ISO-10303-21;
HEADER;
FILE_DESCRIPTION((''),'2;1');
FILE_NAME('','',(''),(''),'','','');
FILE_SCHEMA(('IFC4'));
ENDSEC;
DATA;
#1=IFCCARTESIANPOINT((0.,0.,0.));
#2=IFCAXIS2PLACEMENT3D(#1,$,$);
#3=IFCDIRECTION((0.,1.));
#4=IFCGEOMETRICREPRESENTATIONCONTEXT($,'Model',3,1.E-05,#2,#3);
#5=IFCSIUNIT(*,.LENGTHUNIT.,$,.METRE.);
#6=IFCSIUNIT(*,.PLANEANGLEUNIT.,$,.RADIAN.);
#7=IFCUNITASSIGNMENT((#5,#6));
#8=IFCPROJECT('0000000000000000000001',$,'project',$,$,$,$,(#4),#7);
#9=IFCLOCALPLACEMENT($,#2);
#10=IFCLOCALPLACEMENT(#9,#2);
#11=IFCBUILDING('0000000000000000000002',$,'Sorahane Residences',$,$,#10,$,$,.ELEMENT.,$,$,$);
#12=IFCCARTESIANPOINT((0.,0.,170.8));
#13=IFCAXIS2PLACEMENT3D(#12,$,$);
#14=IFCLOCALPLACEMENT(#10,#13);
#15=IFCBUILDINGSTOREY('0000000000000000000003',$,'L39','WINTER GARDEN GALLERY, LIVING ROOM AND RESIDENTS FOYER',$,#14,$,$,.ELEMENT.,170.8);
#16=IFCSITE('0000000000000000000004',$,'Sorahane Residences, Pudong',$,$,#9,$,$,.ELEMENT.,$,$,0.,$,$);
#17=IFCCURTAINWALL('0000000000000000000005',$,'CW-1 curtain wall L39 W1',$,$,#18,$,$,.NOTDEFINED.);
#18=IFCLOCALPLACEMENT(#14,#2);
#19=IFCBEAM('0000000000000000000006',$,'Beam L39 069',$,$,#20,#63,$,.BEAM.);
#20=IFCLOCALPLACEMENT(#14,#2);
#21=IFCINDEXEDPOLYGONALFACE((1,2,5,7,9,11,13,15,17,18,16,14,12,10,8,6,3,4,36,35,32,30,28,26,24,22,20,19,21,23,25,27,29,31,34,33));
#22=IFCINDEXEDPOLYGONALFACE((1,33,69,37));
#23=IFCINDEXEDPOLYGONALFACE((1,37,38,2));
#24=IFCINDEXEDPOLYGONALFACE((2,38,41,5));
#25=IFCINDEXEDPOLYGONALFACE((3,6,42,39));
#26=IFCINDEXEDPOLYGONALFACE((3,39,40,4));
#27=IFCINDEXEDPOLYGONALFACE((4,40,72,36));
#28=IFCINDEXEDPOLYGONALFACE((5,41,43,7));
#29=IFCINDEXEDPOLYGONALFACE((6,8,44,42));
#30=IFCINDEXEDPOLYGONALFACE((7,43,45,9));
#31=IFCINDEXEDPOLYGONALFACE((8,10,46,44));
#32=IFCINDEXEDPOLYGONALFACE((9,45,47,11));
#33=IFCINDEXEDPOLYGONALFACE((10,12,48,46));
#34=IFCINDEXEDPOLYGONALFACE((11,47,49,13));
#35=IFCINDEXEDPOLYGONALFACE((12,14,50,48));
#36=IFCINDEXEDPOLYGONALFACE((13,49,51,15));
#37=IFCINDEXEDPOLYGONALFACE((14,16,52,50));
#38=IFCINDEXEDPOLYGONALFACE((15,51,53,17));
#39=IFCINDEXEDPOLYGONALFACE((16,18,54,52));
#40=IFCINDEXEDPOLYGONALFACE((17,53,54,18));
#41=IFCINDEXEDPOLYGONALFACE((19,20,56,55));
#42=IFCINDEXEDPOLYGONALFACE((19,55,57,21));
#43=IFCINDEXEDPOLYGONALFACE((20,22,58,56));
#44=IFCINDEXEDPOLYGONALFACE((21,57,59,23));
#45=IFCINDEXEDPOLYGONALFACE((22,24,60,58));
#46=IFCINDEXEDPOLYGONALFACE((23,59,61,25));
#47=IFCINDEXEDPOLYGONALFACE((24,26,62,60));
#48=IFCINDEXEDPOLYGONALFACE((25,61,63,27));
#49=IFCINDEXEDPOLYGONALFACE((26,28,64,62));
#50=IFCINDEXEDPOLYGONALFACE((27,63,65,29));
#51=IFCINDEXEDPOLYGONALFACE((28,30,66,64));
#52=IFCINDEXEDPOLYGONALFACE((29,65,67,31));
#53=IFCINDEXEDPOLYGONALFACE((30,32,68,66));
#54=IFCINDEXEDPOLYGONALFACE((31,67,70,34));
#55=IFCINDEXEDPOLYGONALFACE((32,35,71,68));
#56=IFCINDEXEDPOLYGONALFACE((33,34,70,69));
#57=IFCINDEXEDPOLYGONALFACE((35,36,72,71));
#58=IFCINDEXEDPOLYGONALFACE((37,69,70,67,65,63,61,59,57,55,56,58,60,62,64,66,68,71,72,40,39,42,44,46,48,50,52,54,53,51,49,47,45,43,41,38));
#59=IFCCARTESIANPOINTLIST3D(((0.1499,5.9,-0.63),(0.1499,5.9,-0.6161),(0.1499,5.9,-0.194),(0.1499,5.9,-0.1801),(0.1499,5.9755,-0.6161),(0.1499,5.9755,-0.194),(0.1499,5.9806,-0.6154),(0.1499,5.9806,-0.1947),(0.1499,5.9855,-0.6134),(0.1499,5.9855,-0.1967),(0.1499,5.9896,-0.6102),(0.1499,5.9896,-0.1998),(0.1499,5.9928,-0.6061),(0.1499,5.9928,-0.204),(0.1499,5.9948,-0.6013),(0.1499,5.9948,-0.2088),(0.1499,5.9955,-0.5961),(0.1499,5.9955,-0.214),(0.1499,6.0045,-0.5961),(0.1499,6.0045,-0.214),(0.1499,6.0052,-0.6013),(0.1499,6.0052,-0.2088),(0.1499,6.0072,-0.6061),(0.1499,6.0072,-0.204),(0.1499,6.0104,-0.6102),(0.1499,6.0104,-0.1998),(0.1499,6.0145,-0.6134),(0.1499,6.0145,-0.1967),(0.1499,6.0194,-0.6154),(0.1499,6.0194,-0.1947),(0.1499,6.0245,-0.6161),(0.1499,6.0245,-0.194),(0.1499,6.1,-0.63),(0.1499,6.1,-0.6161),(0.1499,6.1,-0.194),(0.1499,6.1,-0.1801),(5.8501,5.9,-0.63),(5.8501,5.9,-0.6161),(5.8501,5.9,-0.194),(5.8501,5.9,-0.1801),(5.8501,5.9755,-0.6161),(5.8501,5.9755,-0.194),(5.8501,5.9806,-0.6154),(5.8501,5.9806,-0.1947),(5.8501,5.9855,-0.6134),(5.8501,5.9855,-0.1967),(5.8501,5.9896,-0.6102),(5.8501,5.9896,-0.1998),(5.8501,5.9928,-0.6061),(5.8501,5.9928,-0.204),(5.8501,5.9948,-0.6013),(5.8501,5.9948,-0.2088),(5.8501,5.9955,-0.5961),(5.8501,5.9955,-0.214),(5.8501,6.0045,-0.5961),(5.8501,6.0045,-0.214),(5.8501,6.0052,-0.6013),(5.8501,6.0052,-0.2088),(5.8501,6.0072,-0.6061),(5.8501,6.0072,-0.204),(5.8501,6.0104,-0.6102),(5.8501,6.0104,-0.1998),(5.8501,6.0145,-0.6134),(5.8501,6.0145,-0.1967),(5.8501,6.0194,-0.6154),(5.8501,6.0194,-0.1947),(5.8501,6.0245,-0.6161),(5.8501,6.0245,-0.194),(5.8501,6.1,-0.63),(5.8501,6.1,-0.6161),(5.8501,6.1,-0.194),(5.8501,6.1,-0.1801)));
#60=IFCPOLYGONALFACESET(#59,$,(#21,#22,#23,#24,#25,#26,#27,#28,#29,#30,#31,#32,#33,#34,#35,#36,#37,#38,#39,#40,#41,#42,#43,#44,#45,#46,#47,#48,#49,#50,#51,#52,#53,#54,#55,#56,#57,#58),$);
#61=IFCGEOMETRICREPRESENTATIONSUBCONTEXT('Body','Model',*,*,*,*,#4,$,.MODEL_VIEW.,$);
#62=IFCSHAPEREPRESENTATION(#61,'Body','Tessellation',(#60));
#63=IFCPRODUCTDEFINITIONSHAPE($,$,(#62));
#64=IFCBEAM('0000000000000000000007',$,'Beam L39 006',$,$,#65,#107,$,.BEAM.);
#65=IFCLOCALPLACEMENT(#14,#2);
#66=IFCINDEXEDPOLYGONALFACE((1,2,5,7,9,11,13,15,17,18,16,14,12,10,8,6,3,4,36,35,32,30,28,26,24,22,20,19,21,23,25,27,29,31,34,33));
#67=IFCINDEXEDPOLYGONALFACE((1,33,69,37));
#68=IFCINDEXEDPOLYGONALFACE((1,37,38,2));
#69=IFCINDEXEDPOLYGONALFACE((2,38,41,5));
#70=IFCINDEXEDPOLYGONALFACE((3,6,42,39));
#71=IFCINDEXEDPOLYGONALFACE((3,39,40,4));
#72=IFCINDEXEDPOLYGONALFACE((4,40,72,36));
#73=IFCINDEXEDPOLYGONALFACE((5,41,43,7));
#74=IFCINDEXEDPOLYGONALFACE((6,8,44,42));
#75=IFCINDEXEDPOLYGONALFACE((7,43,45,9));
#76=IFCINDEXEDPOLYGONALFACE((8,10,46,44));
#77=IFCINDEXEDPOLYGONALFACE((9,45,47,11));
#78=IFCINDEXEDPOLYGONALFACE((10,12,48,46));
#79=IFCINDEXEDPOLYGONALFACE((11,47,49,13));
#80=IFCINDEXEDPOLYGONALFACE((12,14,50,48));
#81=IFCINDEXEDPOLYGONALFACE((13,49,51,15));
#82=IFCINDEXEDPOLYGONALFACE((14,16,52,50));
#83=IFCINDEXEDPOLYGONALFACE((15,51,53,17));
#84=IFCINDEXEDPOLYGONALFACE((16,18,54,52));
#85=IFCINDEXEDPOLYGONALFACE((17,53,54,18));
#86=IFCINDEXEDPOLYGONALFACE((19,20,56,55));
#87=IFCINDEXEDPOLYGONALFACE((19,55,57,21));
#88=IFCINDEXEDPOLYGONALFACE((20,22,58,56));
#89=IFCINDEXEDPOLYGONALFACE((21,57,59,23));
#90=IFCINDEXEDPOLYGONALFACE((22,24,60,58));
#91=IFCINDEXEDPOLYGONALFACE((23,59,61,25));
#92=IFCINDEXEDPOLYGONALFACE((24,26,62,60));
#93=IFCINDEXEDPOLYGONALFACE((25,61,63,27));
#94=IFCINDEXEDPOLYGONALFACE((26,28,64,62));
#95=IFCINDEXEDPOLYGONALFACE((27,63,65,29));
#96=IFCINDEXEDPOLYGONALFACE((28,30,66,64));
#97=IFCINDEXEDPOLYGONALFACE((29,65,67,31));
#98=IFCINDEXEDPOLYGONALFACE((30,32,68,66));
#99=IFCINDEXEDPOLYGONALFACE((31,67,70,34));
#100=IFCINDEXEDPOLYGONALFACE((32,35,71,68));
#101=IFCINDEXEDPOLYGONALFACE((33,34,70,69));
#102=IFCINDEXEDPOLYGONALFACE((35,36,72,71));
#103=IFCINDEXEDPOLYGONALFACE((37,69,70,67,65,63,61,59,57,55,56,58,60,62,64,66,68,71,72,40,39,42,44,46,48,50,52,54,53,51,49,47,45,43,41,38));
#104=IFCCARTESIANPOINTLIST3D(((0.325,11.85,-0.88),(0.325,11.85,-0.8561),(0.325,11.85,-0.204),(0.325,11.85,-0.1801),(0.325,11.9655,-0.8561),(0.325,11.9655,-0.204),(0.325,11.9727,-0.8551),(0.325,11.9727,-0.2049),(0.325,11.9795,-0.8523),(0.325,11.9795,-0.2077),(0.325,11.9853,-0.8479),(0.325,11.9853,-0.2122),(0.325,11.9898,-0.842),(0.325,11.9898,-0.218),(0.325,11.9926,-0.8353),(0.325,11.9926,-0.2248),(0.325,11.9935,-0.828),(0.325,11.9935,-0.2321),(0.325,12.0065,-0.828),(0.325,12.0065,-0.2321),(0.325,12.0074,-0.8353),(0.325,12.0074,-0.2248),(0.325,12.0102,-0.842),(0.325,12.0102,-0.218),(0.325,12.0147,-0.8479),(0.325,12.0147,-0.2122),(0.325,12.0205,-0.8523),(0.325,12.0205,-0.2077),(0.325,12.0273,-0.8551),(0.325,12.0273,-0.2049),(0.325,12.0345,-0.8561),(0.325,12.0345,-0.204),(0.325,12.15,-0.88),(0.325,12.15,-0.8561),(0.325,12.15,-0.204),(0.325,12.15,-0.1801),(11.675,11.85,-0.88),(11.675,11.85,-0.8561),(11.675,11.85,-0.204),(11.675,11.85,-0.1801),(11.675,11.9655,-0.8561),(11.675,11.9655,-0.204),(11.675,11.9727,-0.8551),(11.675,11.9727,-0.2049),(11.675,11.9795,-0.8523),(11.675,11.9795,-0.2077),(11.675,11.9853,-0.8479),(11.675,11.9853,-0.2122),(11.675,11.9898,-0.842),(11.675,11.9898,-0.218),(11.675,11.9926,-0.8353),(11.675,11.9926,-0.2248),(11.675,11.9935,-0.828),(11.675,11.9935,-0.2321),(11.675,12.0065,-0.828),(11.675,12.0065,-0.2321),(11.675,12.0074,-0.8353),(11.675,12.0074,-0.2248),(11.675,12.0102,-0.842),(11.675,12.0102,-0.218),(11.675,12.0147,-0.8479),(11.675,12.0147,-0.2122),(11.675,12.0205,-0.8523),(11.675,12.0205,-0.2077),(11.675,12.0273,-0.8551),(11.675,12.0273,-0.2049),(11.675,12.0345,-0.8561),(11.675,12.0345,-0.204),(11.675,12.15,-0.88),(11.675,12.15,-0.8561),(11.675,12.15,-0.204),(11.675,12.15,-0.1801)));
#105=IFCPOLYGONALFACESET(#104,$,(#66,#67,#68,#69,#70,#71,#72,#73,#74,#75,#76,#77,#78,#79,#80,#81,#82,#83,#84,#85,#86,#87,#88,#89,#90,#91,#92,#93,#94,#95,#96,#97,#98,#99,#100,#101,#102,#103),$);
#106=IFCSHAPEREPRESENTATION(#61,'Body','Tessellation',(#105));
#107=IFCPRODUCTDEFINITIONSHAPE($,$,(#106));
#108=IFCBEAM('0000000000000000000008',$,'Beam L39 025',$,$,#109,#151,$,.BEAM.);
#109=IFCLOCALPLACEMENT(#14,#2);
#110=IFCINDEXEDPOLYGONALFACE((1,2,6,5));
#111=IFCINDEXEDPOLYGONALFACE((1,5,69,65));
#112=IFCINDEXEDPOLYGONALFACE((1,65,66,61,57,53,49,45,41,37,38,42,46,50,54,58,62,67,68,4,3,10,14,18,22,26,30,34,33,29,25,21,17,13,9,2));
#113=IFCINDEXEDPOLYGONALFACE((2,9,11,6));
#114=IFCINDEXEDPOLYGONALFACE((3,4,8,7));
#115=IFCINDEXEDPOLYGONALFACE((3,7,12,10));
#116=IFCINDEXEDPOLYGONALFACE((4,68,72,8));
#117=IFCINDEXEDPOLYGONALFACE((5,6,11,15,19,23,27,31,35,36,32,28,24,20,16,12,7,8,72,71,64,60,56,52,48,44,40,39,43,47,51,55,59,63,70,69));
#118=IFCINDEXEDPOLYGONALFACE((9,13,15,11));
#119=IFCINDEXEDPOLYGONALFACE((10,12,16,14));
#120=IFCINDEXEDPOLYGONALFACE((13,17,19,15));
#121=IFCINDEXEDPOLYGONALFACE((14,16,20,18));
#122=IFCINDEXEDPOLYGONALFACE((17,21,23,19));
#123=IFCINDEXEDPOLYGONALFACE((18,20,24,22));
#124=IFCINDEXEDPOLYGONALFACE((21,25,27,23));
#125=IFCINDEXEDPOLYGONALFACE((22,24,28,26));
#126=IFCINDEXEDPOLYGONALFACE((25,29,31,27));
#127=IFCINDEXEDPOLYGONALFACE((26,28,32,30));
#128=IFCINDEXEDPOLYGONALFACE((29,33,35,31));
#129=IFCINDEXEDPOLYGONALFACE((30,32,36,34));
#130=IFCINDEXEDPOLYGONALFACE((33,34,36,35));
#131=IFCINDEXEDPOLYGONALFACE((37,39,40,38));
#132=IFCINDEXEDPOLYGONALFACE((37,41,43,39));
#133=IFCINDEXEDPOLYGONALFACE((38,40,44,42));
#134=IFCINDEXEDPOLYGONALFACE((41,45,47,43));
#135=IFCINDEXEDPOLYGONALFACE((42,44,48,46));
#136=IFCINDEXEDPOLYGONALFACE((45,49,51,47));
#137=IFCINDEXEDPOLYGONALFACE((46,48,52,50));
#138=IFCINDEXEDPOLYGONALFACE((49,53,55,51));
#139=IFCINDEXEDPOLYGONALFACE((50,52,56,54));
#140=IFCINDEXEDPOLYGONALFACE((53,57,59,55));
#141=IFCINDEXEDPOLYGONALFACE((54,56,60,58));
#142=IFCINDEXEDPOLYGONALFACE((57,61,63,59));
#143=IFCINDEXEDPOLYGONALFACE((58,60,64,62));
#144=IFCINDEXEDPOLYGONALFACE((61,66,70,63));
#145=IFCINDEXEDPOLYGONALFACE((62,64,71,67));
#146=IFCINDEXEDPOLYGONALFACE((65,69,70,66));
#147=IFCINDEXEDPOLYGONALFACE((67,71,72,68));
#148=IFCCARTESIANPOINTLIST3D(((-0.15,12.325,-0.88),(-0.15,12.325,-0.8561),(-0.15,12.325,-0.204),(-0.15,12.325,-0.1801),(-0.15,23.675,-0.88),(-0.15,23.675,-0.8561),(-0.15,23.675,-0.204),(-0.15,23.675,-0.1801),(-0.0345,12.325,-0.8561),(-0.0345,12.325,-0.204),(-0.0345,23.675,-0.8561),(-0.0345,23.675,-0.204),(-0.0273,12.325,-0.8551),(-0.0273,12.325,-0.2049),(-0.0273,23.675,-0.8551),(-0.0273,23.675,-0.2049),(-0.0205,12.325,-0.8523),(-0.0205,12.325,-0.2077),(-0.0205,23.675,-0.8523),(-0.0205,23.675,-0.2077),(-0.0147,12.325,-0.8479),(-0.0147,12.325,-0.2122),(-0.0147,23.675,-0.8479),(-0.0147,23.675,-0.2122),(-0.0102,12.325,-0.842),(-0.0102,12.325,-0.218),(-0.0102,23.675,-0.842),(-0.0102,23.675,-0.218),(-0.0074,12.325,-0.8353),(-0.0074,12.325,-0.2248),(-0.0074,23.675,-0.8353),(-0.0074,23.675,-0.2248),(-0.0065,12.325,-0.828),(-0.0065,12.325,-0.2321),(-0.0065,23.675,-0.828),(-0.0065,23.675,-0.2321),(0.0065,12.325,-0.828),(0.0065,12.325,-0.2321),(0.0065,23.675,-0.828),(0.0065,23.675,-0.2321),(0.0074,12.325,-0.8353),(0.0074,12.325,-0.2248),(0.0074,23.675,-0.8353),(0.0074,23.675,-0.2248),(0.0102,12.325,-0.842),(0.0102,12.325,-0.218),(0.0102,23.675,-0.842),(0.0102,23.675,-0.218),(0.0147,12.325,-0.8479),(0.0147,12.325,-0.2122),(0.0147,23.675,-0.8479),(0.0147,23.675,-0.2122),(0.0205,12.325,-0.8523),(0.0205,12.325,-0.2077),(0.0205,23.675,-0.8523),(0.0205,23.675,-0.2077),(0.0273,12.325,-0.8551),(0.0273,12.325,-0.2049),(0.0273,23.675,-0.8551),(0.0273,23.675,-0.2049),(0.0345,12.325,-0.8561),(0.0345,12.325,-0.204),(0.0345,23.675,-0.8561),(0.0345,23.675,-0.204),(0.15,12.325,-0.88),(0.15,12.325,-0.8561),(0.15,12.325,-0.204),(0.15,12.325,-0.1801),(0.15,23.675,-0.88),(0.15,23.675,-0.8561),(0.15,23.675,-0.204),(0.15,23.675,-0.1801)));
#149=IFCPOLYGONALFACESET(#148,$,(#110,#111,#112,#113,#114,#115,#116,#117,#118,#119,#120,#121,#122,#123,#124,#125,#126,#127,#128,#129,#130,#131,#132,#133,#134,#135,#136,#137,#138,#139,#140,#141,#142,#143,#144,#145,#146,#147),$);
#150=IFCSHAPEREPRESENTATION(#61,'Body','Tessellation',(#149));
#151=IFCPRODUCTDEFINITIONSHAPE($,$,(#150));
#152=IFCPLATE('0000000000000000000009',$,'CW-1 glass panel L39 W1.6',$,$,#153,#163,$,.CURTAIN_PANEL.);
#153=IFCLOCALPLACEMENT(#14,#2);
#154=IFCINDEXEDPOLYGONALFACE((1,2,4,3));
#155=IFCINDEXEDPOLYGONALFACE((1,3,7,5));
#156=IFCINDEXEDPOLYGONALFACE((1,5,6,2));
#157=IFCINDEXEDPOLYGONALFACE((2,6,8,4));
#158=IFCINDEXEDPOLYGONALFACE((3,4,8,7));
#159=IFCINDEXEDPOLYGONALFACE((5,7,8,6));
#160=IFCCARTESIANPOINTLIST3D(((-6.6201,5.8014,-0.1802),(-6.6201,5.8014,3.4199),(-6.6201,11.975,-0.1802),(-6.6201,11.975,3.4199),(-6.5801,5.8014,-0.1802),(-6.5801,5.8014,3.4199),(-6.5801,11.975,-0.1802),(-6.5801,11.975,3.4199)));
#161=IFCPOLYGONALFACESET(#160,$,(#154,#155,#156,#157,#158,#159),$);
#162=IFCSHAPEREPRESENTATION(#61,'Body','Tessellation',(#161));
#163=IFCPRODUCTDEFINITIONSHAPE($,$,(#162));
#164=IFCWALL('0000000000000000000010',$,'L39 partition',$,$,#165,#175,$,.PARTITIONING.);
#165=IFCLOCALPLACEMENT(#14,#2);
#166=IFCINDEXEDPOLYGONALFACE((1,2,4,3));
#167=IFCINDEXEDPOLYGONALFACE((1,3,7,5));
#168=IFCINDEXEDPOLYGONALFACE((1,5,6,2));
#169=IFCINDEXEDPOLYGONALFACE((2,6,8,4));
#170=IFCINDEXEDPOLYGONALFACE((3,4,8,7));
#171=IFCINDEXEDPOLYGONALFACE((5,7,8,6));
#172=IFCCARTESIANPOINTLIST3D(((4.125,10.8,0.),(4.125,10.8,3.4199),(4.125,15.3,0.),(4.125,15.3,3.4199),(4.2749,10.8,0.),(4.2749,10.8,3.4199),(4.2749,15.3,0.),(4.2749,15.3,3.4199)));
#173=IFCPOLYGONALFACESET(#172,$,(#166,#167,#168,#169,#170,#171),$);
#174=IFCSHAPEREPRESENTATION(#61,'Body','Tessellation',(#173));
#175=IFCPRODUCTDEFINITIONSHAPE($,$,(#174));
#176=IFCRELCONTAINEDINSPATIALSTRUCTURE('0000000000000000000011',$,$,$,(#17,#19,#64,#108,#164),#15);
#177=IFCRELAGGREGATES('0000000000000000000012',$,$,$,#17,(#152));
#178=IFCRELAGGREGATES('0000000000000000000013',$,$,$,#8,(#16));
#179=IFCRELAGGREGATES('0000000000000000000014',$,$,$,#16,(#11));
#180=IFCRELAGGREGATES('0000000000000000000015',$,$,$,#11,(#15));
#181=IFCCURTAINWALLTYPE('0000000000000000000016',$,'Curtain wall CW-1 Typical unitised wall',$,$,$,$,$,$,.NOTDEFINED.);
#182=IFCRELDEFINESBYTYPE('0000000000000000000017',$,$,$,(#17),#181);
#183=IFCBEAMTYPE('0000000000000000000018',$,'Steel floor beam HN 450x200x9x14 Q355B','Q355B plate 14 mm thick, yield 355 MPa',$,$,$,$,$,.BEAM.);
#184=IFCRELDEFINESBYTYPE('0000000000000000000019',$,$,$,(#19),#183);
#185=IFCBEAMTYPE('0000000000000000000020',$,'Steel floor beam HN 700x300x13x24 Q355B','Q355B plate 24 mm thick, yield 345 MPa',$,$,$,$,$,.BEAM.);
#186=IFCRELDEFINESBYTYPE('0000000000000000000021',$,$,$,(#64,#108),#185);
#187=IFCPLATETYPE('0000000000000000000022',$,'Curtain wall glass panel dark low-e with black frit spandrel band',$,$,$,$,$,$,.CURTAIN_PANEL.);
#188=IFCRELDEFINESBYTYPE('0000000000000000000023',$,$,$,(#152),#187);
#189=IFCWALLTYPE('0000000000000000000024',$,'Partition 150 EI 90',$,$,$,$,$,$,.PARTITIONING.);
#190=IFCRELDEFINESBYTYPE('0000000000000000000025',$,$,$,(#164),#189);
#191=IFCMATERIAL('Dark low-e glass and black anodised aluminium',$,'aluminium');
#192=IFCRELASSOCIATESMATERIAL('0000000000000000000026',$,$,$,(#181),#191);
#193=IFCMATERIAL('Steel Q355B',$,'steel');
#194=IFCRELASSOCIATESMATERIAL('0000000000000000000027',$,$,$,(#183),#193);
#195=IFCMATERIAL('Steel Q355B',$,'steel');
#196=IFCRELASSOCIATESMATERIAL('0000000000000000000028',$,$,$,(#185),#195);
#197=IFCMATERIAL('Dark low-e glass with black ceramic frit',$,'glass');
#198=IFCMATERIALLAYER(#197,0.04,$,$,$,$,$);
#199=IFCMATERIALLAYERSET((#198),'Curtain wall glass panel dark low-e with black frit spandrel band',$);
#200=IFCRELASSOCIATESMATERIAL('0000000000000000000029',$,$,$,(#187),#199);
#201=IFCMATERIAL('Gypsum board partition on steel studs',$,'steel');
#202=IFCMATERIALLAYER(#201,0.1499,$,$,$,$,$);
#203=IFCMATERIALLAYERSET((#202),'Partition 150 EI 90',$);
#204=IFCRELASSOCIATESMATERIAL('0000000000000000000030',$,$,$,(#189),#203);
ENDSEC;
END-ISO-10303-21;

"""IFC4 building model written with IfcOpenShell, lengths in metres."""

from ifc_helpers import new_model, si_unit, direction, frame, frame_2d, origin, origin_2d, place, context, subcontext, project, spatial, rectangle, i_section, extrude, material, layer, layer_set, material_profile, profile_set, type_object, element, aggregate, save


model = new_model("IFC4")

# Units and contexts
model_context = context("Model", 3, precision=1e-05, world=origin(), true_north=direction((0.0, 1.0)))
body_context = subcontext(model_context, "Body", "Model", "MODEL_VIEW")
ifc_project = project(units=[si_unit("LENGTHUNIT", "METRE"), si_unit("PLANEANGLEUNIT", "RADIAN")], contexts=[model_context])

# Site, building, storey
site_placement = place(None, origin())
site = spatial("IfcSite", under=ifc_project, at=site_placement, Name="Sorahane Residences, Pudong", CompositionType="ELEMENT", RefElevation=0.0)
building_placement = place(site_placement, origin())
building = spatial("IfcBuilding", under=site, at=building_placement, Name="Sorahane Residences", CompositionType="ELEMENT")
storey_placement = place(building_placement, frame((0.0, 0.0, 170.8)))
storey = spatial("IfcBuildingStorey", under=building, at=storey_placement, Name="L39", Description="WINTER GARDEN GALLERY, LIVING ROOM AND RESIDENTS FOYER", CompositionType="ELEMENT", Elevation=170.8)

# Curtain wall
ifc_material_1 = material(Name="Dark low-e glass and black anodised aluminium", Category="aluminium")
curtain_wall_type = type_object("IfcCurtainWallType", Name="Curtain wall CW-1 Typical unitised wall", PredefinedType="NOTDEFINED", material=ifc_material_1)
curtain_wall_placement = place(storey_placement, origin())
curtain_wall = element("IfcCurtainWall", 1, at=curtain_wall_placement, inside=storey, type_object=curtain_wall_type, Name="CW-1 curtain wall L39 W1", PredefinedType="NOTDEFINED")

# Beams
ifc_material_2 = material(Name="Steel Q355B", Category="steel")
ifc_material_profile_1 = material_profile(ifc_material_2, i_section(OverallWidth=0.2, OverallDepth=0.45, WebThickness=0.009, FlangeThickness=0.0139, FilletRadius=0.02, at=origin_2d()), Name="HN 450x200x9x14")
ifc_profile_set_1 = profile_set([ifc_material_profile_1], Name="Steel Q355B")
beam_type_1 = type_object("IfcBeamType", Name="Steel floor beam HN 450x200x9x14 Q355B", Description="Q355B plate 14 mm thick, yield 355 MPa", PredefinedType="BEAM", material=ifc_profile_set_1)
beam_1_placement = place(storey_placement, frame((0.1499, 6.0, -0.405), z_axis=(1.0, 0.0, 0.0), x_axis=(0.0, 1.0, 0.0)))
element("IfcBeam", 2, at=beam_1_placement, inside=storey, type_object=beam_type_1, Name="Beam L39 069", PredefinedType="BEAM", context=body_context, shape_type="SweptSolid", body=[
    extrude(i_section(OverallWidth=0.2, OverallDepth=0.45, WebThickness=0.009, FlangeThickness=0.0139, FilletRadius=0.02, at=origin_2d()), origin(), (0.0, 0.0, 1.0), 5.7002),
])
ifc_material_3 = material(Name="Steel Q355B", Category="steel")
ifc_material_profile_2 = material_profile(ifc_material_3, i_section(OverallWidth=0.3, OverallDepth=0.7, WebThickness=0.0129, FlangeThickness=0.0239, FilletRadius=0.0281, at=origin_2d()), Name="HN 700x300x13x24")
ifc_profile_set_2 = profile_set([ifc_material_profile_2], Name="Steel Q355B")
beam_type_2 = type_object("IfcBeamType", Name="Steel floor beam HN 700x300x13x24 Q355B", Description="Q355B plate 24 mm thick, yield 345 MPa", PredefinedType="BEAM", material=ifc_profile_set_2)
for number, where, z_axis, x_axis, name in (
    (3, (0.325, 12.0, -0.53), (1.0, 0.0, 0.0), (0.0, 1.0, 0.0), "Beam L39 006"),
    (4, (0.0, 12.325, -0.53), (0.0, 1.0, 0.0), (-1.0, 0.0, 0.0), "Beam L39 025"),
):
    element("IfcBeam", number, at=place(storey_placement, frame(where, z_axis=z_axis, x_axis=x_axis)), inside=storey, type_object=beam_type_2, Name=name, PredefinedType="BEAM", context=body_context, shape_type="SweptSolid", body=[
        extrude(i_section(OverallWidth=0.3, OverallDepth=0.7, WebThickness=0.0129, FlangeThickness=0.0239, FilletRadius=0.0281, at=origin_2d()), origin(), (0.0, 0.0, 1.0), 11.3501),
    ])

# Plate
ifc_material_4 = material(Name="Dark low-e glass with black ceramic frit", Category="glass")
ifc_layer_1 = layer(ifc_material_4, 0.04)
ifc_layer_set_1 = layer_set([ifc_layer_1], Name="Curtain wall glass panel dark low-e with black frit spandrel band")
plate_type = type_object("IfcPlateType", Name="Curtain wall glass panel dark low-e with black frit spandrel band", PredefinedType="CURTAIN_PANEL", material=ifc_layer_set_1)
plate_placement = place(storey_placement, frame((-6.6001, 8.8882, -0.1802), z_axis=(0.0, 0.0, 1.0), x_axis=(0.0, -1.0, 0.0)))
plate = element("IfcPlate", 5, at=plate_placement, type_object=plate_type, Name="CW-1 glass panel L39 W1.6", PredefinedType="CURTAIN_PANEL", context=body_context, shape_type="SweptSolid", body=[
    extrude(rectangle(XDim=6.1736, YDim=0.04, at=origin_2d()), origin(), (0.0, 0.0, 1.0), 3.6001),
])
aggregate(curtain_wall, [plate])

# Wall
ifc_material_5 = material(Name="Gypsum board partition on steel studs", Category="steel")
ifc_layer_2 = layer(ifc_material_5, 0.1499)
ifc_layer_set_2 = layer_set([ifc_layer_2], Name="Partition 150 EI 90")
wall_type = type_object("IfcWallType", Name="Partition 150 EI 90", PredefinedType="PARTITIONING", material=ifc_layer_set_2)
wall_1_placement = place(storey_placement, frame((4.2, 10.8, 0.0), z_axis=(0.0, 0.0, 1.0), x_axis=(0.0, 1.0, 0.0)))
element("IfcWall", 6, at=wall_1_placement, inside=storey, type_object=wall_type, Name="L39 partition", PredefinedType="PARTITIONING", context=body_context, shape_type="SweptSolid", body=[
    extrude(rectangle(XDim=4.5, YDim=0.1499, at=frame_2d((2.25, 0.0))), origin(), (0.0, 0.0, 1.0), 3.4199),
])

save(model, "model.ifc")
